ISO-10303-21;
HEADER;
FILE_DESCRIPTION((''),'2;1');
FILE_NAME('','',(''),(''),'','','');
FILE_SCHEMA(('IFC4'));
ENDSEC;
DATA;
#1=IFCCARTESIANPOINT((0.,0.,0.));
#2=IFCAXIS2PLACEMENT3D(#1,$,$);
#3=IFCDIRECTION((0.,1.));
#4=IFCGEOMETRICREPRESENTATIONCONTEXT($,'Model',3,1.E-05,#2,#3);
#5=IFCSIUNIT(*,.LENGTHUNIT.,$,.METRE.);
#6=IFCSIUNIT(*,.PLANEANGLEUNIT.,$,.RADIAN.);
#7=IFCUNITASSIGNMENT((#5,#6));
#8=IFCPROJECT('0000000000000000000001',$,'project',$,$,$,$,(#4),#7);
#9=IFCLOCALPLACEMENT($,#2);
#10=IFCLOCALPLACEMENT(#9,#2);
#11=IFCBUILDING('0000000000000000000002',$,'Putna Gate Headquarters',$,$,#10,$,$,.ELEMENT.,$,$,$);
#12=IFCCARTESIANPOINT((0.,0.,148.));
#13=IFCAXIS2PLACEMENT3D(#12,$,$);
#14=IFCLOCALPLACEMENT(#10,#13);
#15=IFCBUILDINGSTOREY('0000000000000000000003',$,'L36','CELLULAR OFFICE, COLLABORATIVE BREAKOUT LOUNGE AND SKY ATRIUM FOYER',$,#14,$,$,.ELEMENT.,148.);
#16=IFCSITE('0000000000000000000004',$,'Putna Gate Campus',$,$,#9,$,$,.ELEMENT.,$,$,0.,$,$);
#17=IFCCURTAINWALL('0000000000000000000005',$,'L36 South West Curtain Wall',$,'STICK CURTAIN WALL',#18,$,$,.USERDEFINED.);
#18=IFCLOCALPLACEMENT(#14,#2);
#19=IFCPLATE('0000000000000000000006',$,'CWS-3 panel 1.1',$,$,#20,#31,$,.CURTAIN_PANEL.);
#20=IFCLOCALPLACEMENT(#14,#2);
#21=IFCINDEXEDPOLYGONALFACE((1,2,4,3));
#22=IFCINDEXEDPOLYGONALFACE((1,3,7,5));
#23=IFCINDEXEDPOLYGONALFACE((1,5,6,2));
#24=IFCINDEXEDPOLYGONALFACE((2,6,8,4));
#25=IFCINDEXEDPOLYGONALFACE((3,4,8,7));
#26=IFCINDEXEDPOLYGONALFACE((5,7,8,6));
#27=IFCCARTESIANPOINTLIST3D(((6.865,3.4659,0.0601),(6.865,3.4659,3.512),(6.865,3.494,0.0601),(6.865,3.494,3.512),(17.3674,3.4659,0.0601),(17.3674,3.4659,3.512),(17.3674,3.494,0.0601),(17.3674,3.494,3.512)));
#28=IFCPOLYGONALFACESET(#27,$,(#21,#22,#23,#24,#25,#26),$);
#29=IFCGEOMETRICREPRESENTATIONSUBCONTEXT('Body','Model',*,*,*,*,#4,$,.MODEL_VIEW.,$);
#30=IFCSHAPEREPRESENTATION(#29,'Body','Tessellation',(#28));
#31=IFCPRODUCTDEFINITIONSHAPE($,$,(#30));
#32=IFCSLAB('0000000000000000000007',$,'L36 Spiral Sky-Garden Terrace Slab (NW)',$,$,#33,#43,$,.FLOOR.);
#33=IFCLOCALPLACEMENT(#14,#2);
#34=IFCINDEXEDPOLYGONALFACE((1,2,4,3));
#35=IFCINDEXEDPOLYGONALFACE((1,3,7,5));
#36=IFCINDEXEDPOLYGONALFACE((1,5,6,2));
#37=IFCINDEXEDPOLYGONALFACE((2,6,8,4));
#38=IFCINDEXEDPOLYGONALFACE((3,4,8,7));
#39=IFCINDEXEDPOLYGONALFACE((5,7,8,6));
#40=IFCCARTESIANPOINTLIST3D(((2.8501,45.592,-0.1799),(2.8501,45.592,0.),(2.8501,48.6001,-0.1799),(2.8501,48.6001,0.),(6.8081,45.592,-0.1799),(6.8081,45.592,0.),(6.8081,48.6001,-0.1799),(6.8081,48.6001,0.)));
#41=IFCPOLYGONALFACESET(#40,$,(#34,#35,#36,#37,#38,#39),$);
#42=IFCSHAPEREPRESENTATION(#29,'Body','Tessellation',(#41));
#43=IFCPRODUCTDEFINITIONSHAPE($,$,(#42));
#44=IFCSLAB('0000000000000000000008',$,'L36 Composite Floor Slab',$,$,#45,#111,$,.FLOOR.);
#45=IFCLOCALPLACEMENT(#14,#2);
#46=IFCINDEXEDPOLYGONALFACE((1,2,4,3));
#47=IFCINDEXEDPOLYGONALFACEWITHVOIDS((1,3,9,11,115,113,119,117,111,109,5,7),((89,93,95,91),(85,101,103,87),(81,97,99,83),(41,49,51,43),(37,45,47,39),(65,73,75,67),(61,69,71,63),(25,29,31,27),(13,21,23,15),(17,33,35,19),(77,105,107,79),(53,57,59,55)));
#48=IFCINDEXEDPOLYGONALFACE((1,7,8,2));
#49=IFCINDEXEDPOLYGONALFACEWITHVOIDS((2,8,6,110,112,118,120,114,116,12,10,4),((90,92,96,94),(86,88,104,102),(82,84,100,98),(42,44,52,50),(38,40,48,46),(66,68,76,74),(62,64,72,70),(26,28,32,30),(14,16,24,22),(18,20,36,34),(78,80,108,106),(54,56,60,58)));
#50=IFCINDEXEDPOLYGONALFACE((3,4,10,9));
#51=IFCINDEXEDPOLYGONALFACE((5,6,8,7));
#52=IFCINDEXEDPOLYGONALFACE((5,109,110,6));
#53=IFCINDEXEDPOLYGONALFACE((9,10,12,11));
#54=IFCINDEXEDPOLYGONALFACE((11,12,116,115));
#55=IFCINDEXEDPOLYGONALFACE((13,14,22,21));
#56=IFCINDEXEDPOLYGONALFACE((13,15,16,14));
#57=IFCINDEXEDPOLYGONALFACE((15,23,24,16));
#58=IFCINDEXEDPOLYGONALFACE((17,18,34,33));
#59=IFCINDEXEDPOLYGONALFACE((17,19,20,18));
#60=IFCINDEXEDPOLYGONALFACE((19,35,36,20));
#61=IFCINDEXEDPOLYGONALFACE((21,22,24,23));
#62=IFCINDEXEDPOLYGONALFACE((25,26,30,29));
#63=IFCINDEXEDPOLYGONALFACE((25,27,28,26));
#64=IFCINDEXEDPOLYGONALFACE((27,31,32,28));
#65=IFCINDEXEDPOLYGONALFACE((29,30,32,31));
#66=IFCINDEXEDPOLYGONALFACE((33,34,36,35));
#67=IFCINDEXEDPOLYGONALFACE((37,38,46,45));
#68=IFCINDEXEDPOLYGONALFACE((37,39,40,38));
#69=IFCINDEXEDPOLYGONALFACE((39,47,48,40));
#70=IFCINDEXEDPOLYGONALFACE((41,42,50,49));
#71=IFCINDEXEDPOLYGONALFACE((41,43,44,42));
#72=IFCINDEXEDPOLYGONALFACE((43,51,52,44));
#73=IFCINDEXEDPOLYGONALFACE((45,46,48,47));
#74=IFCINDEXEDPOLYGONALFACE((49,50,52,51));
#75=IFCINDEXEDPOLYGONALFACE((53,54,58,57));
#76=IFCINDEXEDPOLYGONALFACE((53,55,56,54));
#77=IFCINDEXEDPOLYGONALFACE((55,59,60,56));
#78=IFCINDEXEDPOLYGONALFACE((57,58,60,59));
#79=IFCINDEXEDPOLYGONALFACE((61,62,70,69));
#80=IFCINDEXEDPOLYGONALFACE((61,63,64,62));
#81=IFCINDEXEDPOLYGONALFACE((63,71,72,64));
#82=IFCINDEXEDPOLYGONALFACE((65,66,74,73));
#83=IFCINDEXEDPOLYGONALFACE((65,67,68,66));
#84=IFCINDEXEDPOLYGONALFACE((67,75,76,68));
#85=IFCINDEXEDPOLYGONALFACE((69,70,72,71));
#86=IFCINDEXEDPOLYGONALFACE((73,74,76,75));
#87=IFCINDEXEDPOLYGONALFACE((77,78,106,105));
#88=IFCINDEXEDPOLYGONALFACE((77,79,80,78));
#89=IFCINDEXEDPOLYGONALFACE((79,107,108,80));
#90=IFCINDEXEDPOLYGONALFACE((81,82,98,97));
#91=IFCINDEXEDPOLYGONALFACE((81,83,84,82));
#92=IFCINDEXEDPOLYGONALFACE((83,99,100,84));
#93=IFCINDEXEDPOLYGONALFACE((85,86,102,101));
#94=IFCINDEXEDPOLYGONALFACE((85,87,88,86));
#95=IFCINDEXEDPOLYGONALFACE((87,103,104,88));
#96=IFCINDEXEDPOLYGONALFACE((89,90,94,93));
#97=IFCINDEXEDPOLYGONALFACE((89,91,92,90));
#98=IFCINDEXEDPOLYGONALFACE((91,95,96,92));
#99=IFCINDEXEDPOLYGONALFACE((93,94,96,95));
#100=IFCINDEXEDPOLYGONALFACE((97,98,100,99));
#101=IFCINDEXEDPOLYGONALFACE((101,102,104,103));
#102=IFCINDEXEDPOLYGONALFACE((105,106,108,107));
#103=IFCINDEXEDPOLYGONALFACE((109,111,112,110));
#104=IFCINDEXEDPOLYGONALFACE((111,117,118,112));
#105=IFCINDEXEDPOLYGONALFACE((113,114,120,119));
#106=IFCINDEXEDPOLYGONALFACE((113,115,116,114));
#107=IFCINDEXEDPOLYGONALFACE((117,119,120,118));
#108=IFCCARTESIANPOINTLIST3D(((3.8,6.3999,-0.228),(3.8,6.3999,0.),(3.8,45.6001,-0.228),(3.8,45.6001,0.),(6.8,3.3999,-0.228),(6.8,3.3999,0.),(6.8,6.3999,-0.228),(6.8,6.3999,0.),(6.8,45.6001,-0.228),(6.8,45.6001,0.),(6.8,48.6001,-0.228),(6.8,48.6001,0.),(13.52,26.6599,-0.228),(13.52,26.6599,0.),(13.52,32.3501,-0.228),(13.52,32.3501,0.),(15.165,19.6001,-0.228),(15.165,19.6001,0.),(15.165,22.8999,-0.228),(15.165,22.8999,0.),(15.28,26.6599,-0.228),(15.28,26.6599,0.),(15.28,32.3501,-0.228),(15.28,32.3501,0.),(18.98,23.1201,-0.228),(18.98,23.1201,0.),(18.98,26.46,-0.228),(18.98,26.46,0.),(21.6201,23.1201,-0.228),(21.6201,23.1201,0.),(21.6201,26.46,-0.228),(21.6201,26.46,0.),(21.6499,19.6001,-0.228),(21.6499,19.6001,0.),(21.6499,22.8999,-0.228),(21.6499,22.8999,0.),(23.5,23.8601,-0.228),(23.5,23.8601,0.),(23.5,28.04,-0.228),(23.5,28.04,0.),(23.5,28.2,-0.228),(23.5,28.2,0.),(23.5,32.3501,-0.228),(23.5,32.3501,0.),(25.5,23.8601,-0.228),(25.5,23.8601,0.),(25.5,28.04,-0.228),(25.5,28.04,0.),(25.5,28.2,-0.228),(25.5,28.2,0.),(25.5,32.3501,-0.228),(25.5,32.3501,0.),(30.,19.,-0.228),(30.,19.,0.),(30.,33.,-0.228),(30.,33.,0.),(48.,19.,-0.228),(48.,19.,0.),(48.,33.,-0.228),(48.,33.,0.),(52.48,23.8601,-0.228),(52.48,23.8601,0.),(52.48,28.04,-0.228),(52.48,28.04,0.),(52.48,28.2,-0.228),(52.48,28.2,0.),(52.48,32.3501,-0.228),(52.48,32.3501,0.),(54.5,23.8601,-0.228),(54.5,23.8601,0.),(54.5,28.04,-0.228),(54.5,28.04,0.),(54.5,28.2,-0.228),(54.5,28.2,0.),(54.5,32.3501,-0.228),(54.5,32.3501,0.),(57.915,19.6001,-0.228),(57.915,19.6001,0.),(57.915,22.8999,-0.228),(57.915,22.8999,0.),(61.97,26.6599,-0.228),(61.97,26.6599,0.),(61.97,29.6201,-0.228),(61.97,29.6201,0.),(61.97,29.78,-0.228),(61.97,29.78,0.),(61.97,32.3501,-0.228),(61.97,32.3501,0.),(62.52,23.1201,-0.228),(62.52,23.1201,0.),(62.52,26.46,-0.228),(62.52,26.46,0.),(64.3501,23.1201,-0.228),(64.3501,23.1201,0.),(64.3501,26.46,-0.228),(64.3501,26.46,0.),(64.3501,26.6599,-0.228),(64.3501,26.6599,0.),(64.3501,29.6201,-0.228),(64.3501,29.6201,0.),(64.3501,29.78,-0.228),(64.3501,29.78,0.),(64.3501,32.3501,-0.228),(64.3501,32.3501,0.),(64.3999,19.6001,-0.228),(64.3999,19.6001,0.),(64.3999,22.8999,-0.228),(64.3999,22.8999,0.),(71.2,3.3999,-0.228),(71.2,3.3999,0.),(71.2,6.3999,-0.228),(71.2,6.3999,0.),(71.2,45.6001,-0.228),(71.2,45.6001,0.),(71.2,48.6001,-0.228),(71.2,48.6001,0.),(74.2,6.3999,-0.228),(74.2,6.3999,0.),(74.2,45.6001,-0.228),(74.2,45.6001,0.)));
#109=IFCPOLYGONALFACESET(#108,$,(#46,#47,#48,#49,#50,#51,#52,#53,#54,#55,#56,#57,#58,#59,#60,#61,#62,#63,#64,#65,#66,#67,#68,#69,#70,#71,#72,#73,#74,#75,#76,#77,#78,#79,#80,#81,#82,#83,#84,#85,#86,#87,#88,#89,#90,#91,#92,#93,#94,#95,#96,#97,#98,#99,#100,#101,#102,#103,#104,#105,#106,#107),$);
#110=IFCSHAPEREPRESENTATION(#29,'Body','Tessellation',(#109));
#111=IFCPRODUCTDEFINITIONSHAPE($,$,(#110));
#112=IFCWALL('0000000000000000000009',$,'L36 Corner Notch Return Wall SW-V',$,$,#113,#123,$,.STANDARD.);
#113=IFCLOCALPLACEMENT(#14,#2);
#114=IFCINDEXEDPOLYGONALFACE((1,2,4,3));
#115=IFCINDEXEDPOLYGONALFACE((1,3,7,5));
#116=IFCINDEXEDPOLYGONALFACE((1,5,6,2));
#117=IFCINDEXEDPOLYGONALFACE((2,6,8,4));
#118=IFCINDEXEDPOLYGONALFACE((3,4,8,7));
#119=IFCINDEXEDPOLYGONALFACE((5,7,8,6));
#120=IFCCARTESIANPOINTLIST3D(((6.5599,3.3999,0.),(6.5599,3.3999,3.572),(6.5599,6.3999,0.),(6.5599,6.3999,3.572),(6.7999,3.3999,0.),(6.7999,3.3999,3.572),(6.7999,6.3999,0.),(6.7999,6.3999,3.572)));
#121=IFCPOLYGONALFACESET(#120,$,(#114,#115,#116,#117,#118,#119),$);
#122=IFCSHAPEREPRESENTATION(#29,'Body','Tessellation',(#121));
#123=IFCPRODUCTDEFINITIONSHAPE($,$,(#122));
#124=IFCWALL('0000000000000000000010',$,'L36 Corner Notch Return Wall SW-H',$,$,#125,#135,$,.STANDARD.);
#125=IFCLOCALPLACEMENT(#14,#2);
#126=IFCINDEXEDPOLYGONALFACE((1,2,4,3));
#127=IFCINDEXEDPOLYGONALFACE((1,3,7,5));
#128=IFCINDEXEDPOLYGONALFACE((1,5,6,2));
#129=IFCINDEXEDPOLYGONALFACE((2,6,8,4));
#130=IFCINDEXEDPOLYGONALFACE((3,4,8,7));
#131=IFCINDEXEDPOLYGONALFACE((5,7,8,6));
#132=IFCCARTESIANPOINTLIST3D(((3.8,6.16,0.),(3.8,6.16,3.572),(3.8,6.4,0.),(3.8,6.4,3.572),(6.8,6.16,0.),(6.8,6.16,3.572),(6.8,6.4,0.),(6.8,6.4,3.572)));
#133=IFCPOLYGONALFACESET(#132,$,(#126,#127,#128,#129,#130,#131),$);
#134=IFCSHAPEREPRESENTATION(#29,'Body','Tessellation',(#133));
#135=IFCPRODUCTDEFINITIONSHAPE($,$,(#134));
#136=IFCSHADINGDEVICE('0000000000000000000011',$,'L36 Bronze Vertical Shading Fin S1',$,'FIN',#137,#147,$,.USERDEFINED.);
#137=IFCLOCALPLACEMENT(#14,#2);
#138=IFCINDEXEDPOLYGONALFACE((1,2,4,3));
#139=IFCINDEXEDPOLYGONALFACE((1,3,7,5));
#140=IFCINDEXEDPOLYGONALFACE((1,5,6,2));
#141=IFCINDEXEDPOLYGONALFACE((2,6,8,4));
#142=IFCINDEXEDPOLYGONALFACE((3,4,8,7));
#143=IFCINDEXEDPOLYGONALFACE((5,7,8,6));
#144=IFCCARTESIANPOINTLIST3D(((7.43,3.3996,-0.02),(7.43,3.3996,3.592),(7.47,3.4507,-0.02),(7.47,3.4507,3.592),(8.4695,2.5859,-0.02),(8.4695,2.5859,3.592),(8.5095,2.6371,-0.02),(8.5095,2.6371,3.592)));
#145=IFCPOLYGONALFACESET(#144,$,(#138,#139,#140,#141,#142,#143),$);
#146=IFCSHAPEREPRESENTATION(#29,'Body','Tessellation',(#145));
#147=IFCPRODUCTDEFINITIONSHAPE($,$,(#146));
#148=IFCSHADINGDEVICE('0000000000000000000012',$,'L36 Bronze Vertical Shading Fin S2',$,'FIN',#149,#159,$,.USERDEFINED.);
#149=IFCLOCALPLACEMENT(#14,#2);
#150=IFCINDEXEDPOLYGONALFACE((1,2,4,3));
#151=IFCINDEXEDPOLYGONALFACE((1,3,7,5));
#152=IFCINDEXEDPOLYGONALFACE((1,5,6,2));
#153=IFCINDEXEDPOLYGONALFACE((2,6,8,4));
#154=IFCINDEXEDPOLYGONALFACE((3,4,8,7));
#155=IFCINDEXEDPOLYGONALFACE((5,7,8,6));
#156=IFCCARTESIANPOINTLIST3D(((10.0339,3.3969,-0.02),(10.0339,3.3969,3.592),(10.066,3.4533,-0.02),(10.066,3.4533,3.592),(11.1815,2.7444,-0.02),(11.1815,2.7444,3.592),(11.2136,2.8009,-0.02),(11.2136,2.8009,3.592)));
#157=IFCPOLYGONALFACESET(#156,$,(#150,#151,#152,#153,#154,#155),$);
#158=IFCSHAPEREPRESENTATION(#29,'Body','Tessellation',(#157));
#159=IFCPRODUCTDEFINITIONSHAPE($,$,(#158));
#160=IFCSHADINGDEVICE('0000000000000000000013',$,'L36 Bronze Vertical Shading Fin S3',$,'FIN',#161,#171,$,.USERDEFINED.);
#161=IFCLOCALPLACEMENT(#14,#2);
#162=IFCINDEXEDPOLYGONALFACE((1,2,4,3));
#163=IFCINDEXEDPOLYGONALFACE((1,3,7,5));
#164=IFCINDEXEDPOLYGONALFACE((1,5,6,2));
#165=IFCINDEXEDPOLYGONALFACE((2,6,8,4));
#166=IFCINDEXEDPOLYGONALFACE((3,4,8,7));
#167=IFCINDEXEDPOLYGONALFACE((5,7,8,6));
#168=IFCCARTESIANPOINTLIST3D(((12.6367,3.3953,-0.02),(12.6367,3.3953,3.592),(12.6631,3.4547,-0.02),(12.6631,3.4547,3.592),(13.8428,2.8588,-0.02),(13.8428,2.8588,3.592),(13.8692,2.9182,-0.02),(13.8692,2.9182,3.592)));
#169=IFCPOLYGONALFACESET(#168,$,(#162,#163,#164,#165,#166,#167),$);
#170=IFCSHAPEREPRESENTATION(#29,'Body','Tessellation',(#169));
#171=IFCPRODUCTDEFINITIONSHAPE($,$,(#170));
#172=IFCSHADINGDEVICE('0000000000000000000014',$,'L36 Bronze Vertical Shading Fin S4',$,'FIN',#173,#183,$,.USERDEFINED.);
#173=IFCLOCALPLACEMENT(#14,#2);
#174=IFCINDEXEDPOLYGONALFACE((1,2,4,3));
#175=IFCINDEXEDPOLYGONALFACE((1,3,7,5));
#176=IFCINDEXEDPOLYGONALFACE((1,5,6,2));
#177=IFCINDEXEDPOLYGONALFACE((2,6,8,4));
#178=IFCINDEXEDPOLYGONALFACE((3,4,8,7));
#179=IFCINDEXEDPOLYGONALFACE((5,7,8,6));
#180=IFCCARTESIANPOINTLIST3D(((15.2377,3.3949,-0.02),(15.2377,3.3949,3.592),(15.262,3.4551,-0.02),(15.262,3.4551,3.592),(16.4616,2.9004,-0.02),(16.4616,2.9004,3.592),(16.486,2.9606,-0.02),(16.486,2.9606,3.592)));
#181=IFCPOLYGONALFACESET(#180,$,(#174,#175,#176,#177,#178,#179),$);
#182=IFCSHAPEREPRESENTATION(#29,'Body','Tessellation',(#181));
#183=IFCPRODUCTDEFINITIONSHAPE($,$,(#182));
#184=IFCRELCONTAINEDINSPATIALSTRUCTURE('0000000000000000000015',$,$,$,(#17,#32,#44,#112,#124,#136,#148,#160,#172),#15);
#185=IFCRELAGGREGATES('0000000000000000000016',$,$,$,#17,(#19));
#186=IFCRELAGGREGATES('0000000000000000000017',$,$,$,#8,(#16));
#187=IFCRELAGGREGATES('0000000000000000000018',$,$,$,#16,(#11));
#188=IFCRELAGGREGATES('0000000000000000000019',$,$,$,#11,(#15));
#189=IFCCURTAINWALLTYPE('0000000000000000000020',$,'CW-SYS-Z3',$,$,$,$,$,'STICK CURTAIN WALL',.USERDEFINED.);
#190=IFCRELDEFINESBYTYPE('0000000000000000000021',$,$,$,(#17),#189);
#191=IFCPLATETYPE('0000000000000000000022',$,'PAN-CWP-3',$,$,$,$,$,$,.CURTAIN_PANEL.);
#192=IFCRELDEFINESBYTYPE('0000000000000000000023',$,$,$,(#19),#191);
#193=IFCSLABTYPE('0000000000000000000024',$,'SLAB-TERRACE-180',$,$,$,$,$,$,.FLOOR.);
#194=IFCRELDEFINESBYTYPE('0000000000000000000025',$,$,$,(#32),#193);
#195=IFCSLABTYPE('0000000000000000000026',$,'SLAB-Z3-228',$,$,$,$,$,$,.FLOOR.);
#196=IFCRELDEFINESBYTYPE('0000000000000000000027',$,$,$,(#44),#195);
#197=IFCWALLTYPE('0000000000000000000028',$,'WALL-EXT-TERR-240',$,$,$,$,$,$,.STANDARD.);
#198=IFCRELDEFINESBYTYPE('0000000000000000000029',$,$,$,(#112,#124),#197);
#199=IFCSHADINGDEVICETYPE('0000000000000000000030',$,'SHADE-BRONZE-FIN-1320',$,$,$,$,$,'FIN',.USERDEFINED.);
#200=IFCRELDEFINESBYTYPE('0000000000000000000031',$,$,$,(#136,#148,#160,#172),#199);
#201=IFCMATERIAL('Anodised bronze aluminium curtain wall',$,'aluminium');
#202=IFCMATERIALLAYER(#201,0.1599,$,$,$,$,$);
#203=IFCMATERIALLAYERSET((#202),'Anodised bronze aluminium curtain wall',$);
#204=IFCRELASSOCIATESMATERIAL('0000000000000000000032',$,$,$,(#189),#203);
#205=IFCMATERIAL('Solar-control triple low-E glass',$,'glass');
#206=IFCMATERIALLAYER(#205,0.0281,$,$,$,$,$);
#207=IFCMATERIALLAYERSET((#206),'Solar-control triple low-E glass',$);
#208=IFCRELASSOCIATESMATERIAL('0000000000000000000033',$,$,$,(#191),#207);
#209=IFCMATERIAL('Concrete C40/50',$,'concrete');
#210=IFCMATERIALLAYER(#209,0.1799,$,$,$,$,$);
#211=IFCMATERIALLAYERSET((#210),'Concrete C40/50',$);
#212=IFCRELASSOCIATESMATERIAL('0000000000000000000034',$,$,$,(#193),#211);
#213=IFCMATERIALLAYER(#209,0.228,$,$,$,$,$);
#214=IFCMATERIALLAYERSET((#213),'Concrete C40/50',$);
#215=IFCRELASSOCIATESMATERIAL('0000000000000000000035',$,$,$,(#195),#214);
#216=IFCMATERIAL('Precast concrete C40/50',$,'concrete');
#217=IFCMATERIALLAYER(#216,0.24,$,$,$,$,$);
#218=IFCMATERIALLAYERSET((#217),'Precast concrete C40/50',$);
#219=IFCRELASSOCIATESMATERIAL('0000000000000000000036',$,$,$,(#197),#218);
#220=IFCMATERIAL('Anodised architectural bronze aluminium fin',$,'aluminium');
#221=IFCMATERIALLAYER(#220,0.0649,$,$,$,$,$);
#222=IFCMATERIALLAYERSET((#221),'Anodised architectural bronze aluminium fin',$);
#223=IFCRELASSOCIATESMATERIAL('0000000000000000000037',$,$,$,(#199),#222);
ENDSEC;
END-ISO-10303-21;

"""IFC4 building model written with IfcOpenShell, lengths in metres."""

from ifc_helpers import new_model, si_unit, direction, frame, frame_2d, origin, origin_2d, place, context, subcontext, project, spatial, polyline, rectangle, outline, extrude, material, layer, layer_set, type_object, element, aggregate, save


model = new_model("IFC4")

# Units and contexts
model_context = context("Model", 3, precision=1e-05, world=origin(), true_north=direction((0.0, 1.0)))
body_context = subcontext(model_context, "Body", "Model", "MODEL_VIEW")
ifc_project = project(units=[si_unit("LENGTHUNIT", "METRE"), si_unit("PLANEANGLEUNIT", "RADIAN")], contexts=[model_context])

# Site, building, storey
site_placement = place(None, origin())
site = spatial("IfcSite", under=ifc_project, at=site_placement, Name="Putna Gate Campus", CompositionType="ELEMENT", RefElevation=0.0)
building_placement = place(site_placement, origin())
building = spatial("IfcBuilding", under=site, at=building_placement, Name="Putna Gate Headquarters", CompositionType="ELEMENT")
storey_placement = place(building_placement, frame((0.0, 0.0, 148.0)))
storey = spatial("IfcBuildingStorey", under=building, at=storey_placement, Name="L36", Description="CELLULAR OFFICE, COLLABORATIVE BREAKOUT LOUNGE AND SKY ATRIUM FOYER", CompositionType="ELEMENT", Elevation=148.0)

# Curtain wall
ifc_material_1 = material(Name="Anodised bronze aluminium curtain wall", Category="aluminium")
ifc_layer_1 = layer(ifc_material_1, 0.1599)
ifc_layer_set_1 = layer_set([ifc_layer_1], Name="Anodised bronze aluminium curtain wall")
curtain_wall_type = type_object("IfcCurtainWallType", Name="CW-SYS-Z3", ElementType="STICK CURTAIN WALL", PredefinedType="USERDEFINED", material=ifc_layer_set_1)
curtain_wall_1_placement = place(storey_placement, origin())
curtain_wall_1 = element("IfcCurtainWall", 1, at=curtain_wall_1_placement, inside=storey, type_object=curtain_wall_type, Name="L36 South West Curtain Wall", ObjectType="STICK CURTAIN WALL", PredefinedType="USERDEFINED")

# Shared definitions
ifc_material_2 = material(Name="Concrete C40/50", Category="concrete")

# Plate
ifc_material_3 = material(Name="Solar-control triple low-E glass", Category="glass")
ifc_layer_2 = layer(ifc_material_3, 0.0281)
ifc_layer_set_2 = layer_set([ifc_layer_2], Name="Solar-control triple low-E glass")
plate_type = type_object("IfcPlateType", Name="PAN-CWP-3", PredefinedType="CURTAIN_PANEL", material=ifc_layer_set_2)
plate_placement = place(storey_placement, frame((12.1162, 3.48, 0.0601), z_axis=(0.0, 0.0, 1.0), x_axis=(1.0, 0.0, 0.0)))
plate = element("IfcPlate", 2, at=plate_placement, type_object=plate_type, Name="CWS-3 panel 1.1", PredefinedType="CURTAIN_PANEL", context=body_context, shape_type="SweptSolid", body=[
    extrude(rectangle(XDim=10.5024, YDim=0.0281, at=origin_2d()), origin(), (0.0, 0.0, 1.0), 3.4519),
])
aggregate(curtain_wall_1, [plate])

# Slabs
ifc_layer_3 = layer(ifc_material_2, 0.1799)
ifc_layer_set_3 = layer_set([ifc_layer_3], Name="Concrete C40/50")
slab_type_1 = type_object("IfcSlabType", Name="SLAB-TERRACE-180", PredefinedType="FLOOR", material=ifc_layer_set_3)
slab_1_placement = place(storey_placement, frame((0.0, 0.0, -0.1799)))
element("IfcSlab", 3, at=slab_1_placement, inside=storey, type_object=slab_type_1, Name="L36 Spiral Sky-Garden Terrace Slab (NW)", PredefinedType="FLOOR", context=body_context, shape_type="SweptSolid", body=[
    extrude(outline(polyline([(2.8501, 45.592), (6.8081, 45.592), (6.8081, 48.6001), (2.8501, 48.6001), (2.8501, 45.592)])), origin(), (0.0, 0.0, 1.0), 0.1799),
])
ifc_layer_4 = layer(ifc_material_2, 0.228)
ifc_layer_set_4 = layer_set([ifc_layer_4], Name="Concrete C40/50")
slab_type_2 = type_object("IfcSlabType", Name="SLAB-Z3-228", PredefinedType="FLOOR", material=ifc_layer_set_4)
slab_2_placement = place(storey_placement, frame((0.0, 0.0, -0.228)))
element("IfcSlab", 4, at=slab_2_placement, inside=storey, type_object=slab_type_2, Name="L36 Composite Floor Slab", PredefinedType="FLOOR", context=body_context, shape_type="SweptSolid", body=[
    extrude(outline(polyline([(6.8, 3.3999), (71.2, 3.3999), (71.2, 6.3999), (74.2, 6.3999), (74.2, 45.6001), (71.2, 45.6001), (71.2, 48.6001), (6.8, 48.6001), (6.8, 45.6001), (3.8, 45.6001), (3.8, 6.3999), (6.8, 6.3999), (6.8, 3.3999)]), holes=[polyline([(15.165, 19.6001), (21.6499, 19.6001), (21.6499, 22.8999), (15.165, 22.8999), (15.165, 19.6001)]), polyline([(57.915, 19.6001), (64.3999, 19.6001), (64.3999, 22.8999), (57.915, 22.8999), (57.915, 19.6001)]), polyline([(13.52, 26.6599), (15.28, 26.6599), (15.28, 32.3501), (13.52, 32.3501), (13.52, 26.6599)]), polyline([(61.97, 29.78), (64.3501, 29.78), (64.3501, 32.3501), (61.97, 32.3501), (61.97, 29.78)]), polyline([(18.98, 23.1201), (21.6201, 23.1201), (21.6201, 26.46), (18.98, 26.46), (18.98, 23.1201)]), polyline([(62.52, 23.1201), (64.3501, 23.1201), (64.3501, 26.46), (62.52, 26.46), (62.52, 23.1201)]), polyline([(61.97, 26.6599), (64.3501, 26.6599), (64.3501, 29.6201), (61.97, 29.6201), (61.97, 26.6599)]), polyline([(23.5, 23.8601), (25.5, 23.8601), (25.5, 28.04), (23.5, 28.04), (23.5, 23.8601)]), polyline([(52.48, 23.8601), (54.5, 23.8601), (54.5, 28.04), (52.48, 28.04), (52.48, 23.8601)]), polyline([(23.5, 28.2), (25.5, 28.2), (25.5, 32.3501), (23.5, 32.3501), (23.5, 28.2)]), polyline([(52.48, 28.2), (54.5, 28.2), (54.5, 32.3501), (52.48, 32.3501), (52.48, 28.2)]), polyline([(30.0, 19.0), (48.0, 19.0), (48.0, 33.0), (30.0, 33.0), (30.0, 19.0)])]), origin(), (0.0, 0.0, 1.0), 0.228),
])

# Walls
ifc_material_4 = material(Name="Precast concrete C40/50", Category="concrete")
ifc_layer_5 = layer(ifc_material_4, 0.24)
ifc_layer_set_5 = layer_set([ifc_layer_5], Name="Precast concrete C40/50")
wall_type = type_object("IfcWallType", Name="WALL-EXT-TERR-240", PredefinedType="STANDARD", material=ifc_layer_set_5)
for number, where, z_axis, x_axis, name in (
    (5, (6.6799, 3.3999, 0.0), (0.0, 0.0, 1.0), (0.0, 1.0, 0.0), "L36 Corner Notch Return Wall SW-V"),
    (6, (6.8, 6.28, 0.0), (0.0, 0.0, 1.0), (-1.0, 0.0, 0.0), "L36 Corner Notch Return Wall SW-H"),
):
    element("IfcWall", number, at=place(storey_placement, frame(where, z_axis=z_axis, x_axis=x_axis)), inside=storey, type_object=wall_type, Name=name, PredefinedType="STANDARD", context=body_context, shape_type="SweptSolid", body=[
        extrude(rectangle(XDim=3.0, YDim=0.24, at=frame_2d((1.5, 0.0))), origin(), (0.0, 0.0, 1.0), 3.572),
    ])

# Shading devices
ifc_material_5 = material(Name="Anodised architectural bronze aluminium fin", Category="aluminium")
ifc_layer_6 = layer(ifc_material_5, 0.0649)
ifc_layer_set_6 = layer_set([ifc_layer_6], Name="Anodised architectural bronze aluminium fin")
shading_device_type = type_object("IfcShadingDeviceType", Name="SHADE-BRONZE-FIN-1320", ElementType="FIN", PredefinedType="USERDEFINED", material=ifc_layer_set_6)
for number, where, z_axis, x_axis, name in (
    (7, (7.9697, 3.0183, -0.02), (0.0, 0.0, 1.0), (0.787473, -0.616349, 0.0), "L36 Bronze Vertical Shading Fin S1"),
    (8, (10.6238, 3.0989, -0.02), (0.0, 0.0, 1.0), (0.869322, -0.494245, 0.0), "L36 Bronze Vertical Shading Fin S2"),
    (9, (13.2529, 3.1567, -0.02), (0.0, 0.0, 1.0), (0.913687, -0.406418, 0.0), "L36 Bronze Vertical Shading Fin S3"),
    (10, (15.8618, 3.1777, -0.02), (0.0, 0.0, 1.0), (0.927184, -0.374607, 0.0), "L36 Bronze Vertical Shading Fin S4"),
):
    element("IfcShadingDevice", number, at=place(storey_placement, frame(where, z_axis=z_axis, x_axis=x_axis)), inside=storey, type_object=shading_device_type, Name=name, ObjectType="FIN", PredefinedType="USERDEFINED", context=body_context, shape_type="SweptSolid", body=[
        extrude(rectangle(XDim=1.3201, YDim=0.0649, at=origin_2d()), origin(), (0.0, 0.0, 1.0), 3.6121),
    ])

save(model, "model.ifc")
